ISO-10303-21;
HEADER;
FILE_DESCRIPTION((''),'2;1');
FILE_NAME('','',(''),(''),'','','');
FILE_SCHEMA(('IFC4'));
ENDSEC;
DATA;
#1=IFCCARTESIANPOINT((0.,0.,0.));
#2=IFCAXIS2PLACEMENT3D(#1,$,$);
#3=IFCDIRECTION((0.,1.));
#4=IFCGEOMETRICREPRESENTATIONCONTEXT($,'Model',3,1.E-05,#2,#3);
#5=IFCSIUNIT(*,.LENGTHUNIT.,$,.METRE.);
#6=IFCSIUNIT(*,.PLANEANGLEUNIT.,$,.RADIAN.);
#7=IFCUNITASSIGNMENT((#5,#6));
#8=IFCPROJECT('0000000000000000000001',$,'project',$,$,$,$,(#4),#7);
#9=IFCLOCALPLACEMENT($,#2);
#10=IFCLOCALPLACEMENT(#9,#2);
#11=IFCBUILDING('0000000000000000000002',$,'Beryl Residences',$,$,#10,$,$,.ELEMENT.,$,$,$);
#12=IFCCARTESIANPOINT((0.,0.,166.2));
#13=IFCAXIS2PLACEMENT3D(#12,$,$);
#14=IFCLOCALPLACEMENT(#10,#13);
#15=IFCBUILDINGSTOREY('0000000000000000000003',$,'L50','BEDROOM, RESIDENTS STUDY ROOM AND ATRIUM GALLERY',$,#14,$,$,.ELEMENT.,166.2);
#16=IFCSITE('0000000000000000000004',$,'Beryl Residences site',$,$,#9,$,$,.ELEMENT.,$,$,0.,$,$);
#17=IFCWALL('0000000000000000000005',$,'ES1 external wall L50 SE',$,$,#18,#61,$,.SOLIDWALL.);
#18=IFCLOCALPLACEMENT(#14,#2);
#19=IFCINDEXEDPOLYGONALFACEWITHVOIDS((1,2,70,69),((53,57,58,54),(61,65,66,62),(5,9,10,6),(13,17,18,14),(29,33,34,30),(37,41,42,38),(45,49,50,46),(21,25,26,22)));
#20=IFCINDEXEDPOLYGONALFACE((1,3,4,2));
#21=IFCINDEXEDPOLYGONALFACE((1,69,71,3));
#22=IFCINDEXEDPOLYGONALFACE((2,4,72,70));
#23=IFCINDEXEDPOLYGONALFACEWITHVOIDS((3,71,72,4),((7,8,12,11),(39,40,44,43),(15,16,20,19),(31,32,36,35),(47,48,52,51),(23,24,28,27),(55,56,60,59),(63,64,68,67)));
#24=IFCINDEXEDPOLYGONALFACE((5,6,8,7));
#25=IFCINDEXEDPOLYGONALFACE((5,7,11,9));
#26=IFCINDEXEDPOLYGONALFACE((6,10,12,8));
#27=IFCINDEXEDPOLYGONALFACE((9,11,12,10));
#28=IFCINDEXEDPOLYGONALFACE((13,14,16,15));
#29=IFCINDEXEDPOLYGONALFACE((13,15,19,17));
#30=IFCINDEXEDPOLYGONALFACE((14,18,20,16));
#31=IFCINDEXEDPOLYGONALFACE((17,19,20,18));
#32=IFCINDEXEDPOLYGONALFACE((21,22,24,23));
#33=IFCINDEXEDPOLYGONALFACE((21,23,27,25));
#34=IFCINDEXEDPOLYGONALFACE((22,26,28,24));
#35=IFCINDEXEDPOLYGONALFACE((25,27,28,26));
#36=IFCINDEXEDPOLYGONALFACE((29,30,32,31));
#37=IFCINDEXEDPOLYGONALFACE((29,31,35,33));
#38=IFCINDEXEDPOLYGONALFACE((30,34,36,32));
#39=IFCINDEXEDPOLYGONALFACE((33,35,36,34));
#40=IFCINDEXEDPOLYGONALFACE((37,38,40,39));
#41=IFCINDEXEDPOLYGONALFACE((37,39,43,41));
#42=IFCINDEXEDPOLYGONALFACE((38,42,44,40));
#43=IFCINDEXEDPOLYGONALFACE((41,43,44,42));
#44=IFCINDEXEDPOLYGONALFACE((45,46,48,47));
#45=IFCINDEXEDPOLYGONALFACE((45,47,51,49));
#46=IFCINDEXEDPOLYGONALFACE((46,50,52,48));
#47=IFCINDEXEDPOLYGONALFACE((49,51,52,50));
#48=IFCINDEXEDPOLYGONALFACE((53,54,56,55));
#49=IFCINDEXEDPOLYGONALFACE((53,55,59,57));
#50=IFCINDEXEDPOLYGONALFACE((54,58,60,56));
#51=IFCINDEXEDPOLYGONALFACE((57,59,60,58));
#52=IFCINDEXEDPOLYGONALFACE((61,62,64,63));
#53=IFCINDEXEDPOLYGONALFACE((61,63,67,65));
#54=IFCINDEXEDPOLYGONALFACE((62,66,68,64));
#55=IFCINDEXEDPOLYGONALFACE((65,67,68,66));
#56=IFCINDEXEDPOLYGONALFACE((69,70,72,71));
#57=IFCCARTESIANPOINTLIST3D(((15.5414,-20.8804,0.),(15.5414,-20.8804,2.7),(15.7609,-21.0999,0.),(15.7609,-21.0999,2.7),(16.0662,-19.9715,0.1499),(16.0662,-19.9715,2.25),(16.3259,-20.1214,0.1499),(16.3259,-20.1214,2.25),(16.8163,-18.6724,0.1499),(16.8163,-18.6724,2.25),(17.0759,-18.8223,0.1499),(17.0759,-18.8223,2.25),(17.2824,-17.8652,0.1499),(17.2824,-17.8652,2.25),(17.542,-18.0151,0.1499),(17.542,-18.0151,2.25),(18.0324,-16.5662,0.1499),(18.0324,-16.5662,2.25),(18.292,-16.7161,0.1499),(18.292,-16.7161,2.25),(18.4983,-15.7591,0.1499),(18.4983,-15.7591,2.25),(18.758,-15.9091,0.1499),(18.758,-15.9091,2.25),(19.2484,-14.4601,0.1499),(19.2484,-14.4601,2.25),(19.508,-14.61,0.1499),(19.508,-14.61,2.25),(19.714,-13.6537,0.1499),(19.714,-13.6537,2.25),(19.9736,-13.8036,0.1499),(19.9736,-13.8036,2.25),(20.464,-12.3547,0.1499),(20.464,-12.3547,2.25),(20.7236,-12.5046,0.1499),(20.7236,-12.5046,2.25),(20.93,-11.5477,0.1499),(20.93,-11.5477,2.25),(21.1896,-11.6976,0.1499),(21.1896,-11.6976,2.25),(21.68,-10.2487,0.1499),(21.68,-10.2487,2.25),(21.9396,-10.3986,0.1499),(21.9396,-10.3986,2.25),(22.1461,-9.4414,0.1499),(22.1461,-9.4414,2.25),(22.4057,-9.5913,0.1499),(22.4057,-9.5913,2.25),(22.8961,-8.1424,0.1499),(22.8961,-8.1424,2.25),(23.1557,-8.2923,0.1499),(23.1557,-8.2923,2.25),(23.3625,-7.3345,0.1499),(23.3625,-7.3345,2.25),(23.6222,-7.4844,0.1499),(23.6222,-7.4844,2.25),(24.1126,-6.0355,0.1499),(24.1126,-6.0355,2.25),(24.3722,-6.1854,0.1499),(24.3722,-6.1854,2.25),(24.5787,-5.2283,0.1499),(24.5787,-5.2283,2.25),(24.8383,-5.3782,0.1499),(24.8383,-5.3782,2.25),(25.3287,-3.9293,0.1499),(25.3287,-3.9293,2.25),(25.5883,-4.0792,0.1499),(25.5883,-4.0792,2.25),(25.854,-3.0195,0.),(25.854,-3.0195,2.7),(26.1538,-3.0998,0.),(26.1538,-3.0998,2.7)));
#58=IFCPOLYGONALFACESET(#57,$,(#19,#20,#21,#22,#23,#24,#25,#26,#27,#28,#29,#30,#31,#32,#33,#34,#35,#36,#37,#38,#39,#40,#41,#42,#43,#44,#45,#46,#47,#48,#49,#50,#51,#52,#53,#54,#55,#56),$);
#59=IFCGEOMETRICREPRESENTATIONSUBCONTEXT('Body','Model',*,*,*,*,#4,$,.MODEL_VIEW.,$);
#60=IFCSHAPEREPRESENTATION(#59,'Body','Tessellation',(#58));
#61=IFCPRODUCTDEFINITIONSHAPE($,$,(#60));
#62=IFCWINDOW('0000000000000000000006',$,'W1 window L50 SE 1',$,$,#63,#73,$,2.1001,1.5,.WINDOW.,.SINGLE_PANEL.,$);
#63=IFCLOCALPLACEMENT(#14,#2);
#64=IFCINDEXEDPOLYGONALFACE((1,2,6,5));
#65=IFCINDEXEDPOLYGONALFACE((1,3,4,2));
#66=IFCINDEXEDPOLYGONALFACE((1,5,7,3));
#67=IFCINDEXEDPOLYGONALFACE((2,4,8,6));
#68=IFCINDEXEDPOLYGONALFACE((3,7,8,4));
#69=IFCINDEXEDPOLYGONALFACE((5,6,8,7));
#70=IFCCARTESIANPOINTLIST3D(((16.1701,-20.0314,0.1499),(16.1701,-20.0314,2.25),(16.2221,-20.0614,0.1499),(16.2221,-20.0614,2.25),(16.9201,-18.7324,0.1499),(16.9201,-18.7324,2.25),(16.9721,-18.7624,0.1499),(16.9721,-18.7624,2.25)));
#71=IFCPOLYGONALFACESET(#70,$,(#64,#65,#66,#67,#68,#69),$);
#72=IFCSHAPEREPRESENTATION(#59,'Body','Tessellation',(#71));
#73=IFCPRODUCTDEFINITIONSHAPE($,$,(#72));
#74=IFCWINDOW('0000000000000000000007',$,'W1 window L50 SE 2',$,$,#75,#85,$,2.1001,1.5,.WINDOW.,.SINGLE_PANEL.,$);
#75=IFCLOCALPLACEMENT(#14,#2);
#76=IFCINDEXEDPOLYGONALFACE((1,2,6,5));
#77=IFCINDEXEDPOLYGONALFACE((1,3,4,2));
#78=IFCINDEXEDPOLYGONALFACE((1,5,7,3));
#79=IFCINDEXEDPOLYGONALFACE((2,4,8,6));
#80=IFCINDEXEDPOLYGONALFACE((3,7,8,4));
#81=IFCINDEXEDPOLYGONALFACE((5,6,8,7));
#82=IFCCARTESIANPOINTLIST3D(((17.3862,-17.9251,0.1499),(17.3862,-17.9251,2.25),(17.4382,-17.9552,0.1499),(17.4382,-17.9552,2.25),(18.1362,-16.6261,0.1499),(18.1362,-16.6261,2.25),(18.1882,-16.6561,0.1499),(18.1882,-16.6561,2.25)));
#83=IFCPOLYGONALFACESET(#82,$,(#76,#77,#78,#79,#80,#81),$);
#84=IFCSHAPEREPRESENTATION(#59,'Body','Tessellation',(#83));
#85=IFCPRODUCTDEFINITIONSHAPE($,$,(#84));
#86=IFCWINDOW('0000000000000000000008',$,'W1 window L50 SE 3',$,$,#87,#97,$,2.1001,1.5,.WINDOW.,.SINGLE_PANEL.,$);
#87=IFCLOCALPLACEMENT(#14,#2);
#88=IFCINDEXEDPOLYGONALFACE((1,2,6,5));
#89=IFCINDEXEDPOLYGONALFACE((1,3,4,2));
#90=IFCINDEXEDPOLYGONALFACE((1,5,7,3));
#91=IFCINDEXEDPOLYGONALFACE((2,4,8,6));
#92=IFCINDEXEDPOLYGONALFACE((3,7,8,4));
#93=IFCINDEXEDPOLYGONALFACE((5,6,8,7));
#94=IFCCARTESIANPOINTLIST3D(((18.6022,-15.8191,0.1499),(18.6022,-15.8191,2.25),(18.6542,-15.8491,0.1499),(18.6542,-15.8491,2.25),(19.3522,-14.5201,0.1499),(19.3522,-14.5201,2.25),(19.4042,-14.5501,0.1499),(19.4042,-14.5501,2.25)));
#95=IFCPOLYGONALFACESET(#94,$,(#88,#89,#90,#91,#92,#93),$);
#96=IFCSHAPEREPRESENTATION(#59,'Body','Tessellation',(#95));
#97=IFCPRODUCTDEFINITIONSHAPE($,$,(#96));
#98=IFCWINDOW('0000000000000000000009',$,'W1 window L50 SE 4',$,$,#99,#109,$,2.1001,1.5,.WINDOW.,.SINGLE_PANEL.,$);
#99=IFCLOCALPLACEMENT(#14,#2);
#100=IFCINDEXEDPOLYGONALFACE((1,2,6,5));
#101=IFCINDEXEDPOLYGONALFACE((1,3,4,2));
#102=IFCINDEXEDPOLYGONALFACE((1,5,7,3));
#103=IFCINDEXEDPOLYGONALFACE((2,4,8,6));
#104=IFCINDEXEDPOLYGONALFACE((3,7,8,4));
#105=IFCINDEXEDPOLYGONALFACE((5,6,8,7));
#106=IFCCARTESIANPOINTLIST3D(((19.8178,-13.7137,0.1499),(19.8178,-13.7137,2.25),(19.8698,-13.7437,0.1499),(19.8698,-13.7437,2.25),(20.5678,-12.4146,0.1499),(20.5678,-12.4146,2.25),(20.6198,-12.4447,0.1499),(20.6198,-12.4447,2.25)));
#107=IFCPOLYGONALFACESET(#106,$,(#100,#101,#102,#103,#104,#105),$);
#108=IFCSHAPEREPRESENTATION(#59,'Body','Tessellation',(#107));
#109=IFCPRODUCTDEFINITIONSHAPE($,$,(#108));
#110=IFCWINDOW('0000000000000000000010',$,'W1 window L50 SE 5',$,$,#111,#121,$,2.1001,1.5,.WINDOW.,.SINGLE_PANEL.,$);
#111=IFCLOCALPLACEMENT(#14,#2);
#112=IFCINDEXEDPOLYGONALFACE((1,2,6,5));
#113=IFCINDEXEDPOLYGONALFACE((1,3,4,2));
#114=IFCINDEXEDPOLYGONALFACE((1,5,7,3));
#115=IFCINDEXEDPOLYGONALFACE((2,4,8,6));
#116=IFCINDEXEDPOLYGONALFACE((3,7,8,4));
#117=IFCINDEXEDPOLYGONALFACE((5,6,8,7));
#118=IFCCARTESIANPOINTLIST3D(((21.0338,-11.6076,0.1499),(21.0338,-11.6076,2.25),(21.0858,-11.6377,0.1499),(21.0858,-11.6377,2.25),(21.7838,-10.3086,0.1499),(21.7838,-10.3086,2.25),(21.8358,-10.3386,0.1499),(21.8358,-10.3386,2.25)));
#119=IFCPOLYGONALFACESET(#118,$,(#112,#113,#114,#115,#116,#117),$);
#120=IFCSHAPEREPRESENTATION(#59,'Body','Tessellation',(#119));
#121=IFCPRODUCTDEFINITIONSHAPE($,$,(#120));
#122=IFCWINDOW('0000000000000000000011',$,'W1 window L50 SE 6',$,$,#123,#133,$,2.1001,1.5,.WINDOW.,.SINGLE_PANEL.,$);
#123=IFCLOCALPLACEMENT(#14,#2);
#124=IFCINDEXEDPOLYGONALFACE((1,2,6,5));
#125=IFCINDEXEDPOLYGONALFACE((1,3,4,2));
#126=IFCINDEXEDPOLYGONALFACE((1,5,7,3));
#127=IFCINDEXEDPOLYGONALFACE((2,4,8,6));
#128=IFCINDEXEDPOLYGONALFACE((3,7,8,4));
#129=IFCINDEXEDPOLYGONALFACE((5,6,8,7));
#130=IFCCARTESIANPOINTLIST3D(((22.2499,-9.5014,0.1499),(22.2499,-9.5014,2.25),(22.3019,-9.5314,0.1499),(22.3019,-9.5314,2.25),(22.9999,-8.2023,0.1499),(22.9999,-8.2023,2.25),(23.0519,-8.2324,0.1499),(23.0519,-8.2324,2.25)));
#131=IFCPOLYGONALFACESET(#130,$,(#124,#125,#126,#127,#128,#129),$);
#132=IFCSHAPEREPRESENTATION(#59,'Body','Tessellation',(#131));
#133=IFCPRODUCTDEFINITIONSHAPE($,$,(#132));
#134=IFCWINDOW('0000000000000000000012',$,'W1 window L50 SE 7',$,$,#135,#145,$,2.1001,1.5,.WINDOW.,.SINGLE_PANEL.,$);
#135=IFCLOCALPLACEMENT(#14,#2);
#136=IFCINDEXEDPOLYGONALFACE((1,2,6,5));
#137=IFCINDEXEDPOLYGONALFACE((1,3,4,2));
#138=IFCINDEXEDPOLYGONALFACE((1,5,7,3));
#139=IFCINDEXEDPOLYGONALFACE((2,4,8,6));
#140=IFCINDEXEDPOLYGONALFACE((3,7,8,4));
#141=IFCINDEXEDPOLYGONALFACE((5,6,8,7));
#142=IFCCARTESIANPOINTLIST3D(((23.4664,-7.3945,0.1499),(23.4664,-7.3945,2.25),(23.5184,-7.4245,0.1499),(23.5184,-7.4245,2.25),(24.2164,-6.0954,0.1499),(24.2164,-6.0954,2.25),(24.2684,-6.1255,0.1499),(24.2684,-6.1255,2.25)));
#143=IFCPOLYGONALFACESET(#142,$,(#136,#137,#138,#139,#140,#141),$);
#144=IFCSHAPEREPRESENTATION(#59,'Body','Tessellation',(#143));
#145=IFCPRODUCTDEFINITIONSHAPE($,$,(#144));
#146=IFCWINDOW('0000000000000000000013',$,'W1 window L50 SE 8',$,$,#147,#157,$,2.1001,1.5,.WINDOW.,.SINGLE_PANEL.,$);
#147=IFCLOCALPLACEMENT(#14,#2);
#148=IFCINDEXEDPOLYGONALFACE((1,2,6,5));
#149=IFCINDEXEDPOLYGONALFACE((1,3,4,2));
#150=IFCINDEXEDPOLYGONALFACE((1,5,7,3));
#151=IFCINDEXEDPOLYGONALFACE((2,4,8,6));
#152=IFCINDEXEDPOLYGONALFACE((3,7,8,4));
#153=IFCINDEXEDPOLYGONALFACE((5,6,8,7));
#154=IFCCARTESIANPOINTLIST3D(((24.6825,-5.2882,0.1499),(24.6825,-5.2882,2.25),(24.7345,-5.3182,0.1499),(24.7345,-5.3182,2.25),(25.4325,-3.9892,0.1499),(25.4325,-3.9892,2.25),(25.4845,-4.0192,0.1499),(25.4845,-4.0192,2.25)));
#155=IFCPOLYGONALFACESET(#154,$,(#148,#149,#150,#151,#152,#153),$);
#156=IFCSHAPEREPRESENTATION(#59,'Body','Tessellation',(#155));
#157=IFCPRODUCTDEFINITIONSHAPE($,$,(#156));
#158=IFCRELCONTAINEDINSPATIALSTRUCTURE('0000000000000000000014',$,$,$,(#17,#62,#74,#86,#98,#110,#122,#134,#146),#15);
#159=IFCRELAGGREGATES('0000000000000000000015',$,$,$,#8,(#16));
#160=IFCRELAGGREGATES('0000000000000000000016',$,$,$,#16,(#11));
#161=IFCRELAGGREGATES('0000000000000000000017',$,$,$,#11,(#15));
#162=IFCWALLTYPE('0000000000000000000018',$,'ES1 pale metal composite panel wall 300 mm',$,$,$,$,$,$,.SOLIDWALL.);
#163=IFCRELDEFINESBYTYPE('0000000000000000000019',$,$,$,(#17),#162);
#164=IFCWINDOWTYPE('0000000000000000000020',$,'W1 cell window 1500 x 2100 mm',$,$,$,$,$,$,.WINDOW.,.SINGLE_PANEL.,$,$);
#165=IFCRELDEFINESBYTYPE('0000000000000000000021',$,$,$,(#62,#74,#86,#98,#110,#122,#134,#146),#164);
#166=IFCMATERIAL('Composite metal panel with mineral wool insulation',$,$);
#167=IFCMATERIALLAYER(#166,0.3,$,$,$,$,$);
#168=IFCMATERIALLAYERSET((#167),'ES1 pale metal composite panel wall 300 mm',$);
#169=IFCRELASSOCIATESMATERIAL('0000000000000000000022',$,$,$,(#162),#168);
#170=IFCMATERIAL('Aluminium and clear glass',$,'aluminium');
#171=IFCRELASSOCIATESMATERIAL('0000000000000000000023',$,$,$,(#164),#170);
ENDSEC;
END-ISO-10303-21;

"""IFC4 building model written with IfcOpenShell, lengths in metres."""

from ifc_helpers import new_model, si_unit, direction, frame, frame_2d, origin, place, context, subcontext, project, spatial, polyline, rectangle, outline, extrude, material, layer, layer_set, type_object, element, fill, save


model = new_model("IFC4")

# Units and contexts
model_context = context("Model", 3, precision=1e-05, world=origin(), true_north=direction((0.0, 1.0)))
body_context = subcontext(model_context, "Body", "Model", "MODEL_VIEW")
ifc_project = project(units=[si_unit("LENGTHUNIT", "METRE"), si_unit("PLANEANGLEUNIT", "RADIAN")], contexts=[model_context])

# Site, building, storey
site_placement = place(None, origin())
site = spatial("IfcSite", under=ifc_project, at=site_placement, Name="Beryl Residences site", CompositionType="ELEMENT", RefElevation=0.0)
building_placement = place(site_placement, origin())
building = spatial("IfcBuilding", under=site, at=building_placement, Name="Beryl Residences", CompositionType="ELEMENT")
storey_placement = place(building_placement, frame((0.0, 0.0, 166.2)))
storey = spatial("IfcBuildingStorey", under=building, at=storey_placement, Name="L50", Description="BEDROOM, RESIDENTS STUDY ROOM AND ATRIUM GALLERY", CompositionType="ELEMENT", Elevation=166.2)

# Wall, openings, windows
ifc_material_1 = material(Name="Composite metal panel with mineral wool insulation")
ifc_layer_1 = layer(ifc_material_1, 0.3)
ifc_layer_set_1 = layer_set([ifc_layer_1], Name="ES1 pale metal composite panel wall 300 mm")
wall_type_1 = type_object("IfcWallType", Name="ES1 pale metal composite panel wall 300 mm", PredefinedType="SOLIDWALL", material=ifc_layer_set_1)
wall_1_placement = place(storey_placement, frame((15.6311, -21.0249, 0.0), z_axis=(0.0, 0.0, 1.0), x_axis=(0.500019, 0.866015, 0.0)))
wall_1 = element("IfcWall", 1, at=wall_1_placement, inside=storey, type_object=wall_type_1, Name="ES1 external wall L50 SE", PredefinedType="SOLIDWALL", context=body_context, shape_type="SweptSolid", body=[
    extrude(outline(polyline([(0.0, -0.1499), (20.7849, -0.1499), (20.7046, 0.1499), (0.0803, 0.1499), (0.0, -0.1499)])), origin(), (0.0, 0.0, 1.0), 2.7),
])
opening_1_placement = place(wall_1_placement, frame((1.1299, 0.0, 0.1499)))
opening_1 = element("IfcOpeningElement", 2, at=opening_1_placement, cuts=wall_1, PredefinedType="OPENING", context=body_context, shape_type="SweptSolid", body=[
    extrude(rectangle(XDim=1.5, YDim=2.1001, at=frame_2d((0.75, 1.05))), frame((0.0, 0.1599, 0.0), z_axis=(0.0, -1.0, 0.0), x_axis=(1.0, 0.0, 0.0)), (0.0, 0.0, 1.0), 0.3201),
])
opening_2_placement = place(wall_1_placement, frame((3.562, 0.0, 0.1499)))
opening_2 = element("IfcOpeningElement", 3, at=opening_2_placement, cuts=wall_1, PredefinedType="OPENING", context=body_context, shape_type="SweptSolid", body=[
    extrude(rectangle(XDim=1.5, YDim=2.1001, at=frame_2d((0.75, 1.05))), frame((0.0, 0.1599, 0.0), z_axis=(0.0, -1.0, 0.0), x_axis=(1.0, 0.0, 0.0)), (0.0, 0.0, 1.0), 0.3201),
])
opening_3_placement = place(wall_1_placement, frame((5.9939, 0.0, 0.1499)))
opening_3 = element("IfcOpeningElement", 4, at=opening_3_placement, cuts=wall_1, PredefinedType="OPENING", context=body_context, shape_type="SweptSolid", body=[
    extrude(rectangle(XDim=1.5, YDim=2.1001, at=frame_2d((0.75, 1.05))), frame((0.0, 0.1599, 0.0), z_axis=(0.0, -1.0, 0.0), x_axis=(1.0, 0.0, 0.0)), (0.0, 0.0, 1.0), 0.3201),
])
opening_4_placement = place(wall_1_placement, frame((8.425, 0.0, 0.1499)))
opening_4 = element("IfcOpeningElement", 5, at=opening_4_placement, cuts=wall_1, PredefinedType="OPENING", context=body_context, shape_type="SweptSolid", body=[
    extrude(rectangle(XDim=1.5, YDim=2.1001, at=frame_2d((0.75, 1.05))), frame((0.0, 0.1599, 0.0), z_axis=(0.0, -1.0, 0.0), x_axis=(1.0, 0.0, 0.0)), (0.0, 0.0, 1.0), 0.3201),
])
opening_5_placement = place(wall_1_placement, frame((10.8569, 0.0, 0.1499)))
opening_5 = element("IfcOpeningElement", 6, at=opening_5_placement, cuts=wall_1, PredefinedType="OPENING", context=body_context, shape_type="SweptSolid", body=[
    extrude(rectangle(XDim=1.5, YDim=2.1001, at=frame_2d((0.75, 1.05))), frame((0.0, 0.1599, 0.0), z_axis=(0.0, -1.0, 0.0), x_axis=(1.0, 0.0, 0.0)), (0.0, 0.0, 1.0), 0.3201),
])
opening_6_placement = place(wall_1_placement, frame((13.2891, 0.0, 0.1499)))
opening_6 = element("IfcOpeningElement", 7, at=opening_6_placement, cuts=wall_1, PredefinedType="OPENING", context=body_context, shape_type="SweptSolid", body=[
    extrude(rectangle(XDim=1.5, YDim=2.1001, at=frame_2d((0.75, 1.05))), frame((0.0, 0.1599, 0.0), z_axis=(0.0, -1.0, 0.0), x_axis=(1.0, 0.0, 0.0)), (0.0, 0.0, 1.0), 0.3201),
])
opening_7_placement = place(wall_1_placement, frame((15.7219, 0.0, 0.1499)))
opening_7 = element("IfcOpeningElement", 8, at=opening_7_placement, cuts=wall_1, PredefinedType="OPENING", context=body_context, shape_type="SweptSolid", body=[
    extrude(rectangle(XDim=1.5, YDim=2.1001, at=frame_2d((0.75, 1.05))), frame((0.0, 0.1599, 0.0), z_axis=(0.0, -1.0, 0.0), x_axis=(1.0, 0.0, 0.0)), (0.0, 0.0, 1.0), 0.3201),
])
opening_8_placement = place(wall_1_placement, frame((18.1541, 0.0, 0.1499)))
opening_8 = element("IfcOpeningElement", 9, at=opening_8_placement, cuts=wall_1, PredefinedType="OPENING", context=body_context, shape_type="SweptSolid", body=[
    extrude(rectangle(XDim=1.5, YDim=2.1001, at=frame_2d((0.75, 1.05))), frame((0.0, 0.1599, 0.0), z_axis=(0.0, -1.0, 0.0), x_axis=(1.0, 0.0, 0.0)), (0.0, 0.0, 1.0), 0.3201),
])
ifc_material_2 = material(Name="Aluminium and clear glass", Category="aluminium")
window_type = type_object("IfcWindowType", Name="W1 cell window 1500 x 2100 mm", PartitioningType="SINGLE_PANEL", PredefinedType="WINDOW", material=ifc_material_2)
window_1_placement = place(opening_1_placement, origin())
window_1 = element("IfcWindow", 10, at=window_1_placement, inside=storey, type_object=window_type, Name="W1 window L50 SE 1", OverallHeight=2.1001, OverallWidth=1.5, PartitioningType="SINGLE_PANEL", PredefinedType="WINDOW", context=body_context, shape_type="SweptSolid", body=[
    extrude(rectangle(XDim=1.5, YDim=2.1001, at=frame_2d((0.75, 1.05))), frame((0.0, 0.03, 0.0), z_axis=(0.0, -1.0, 0.0), x_axis=(1.0, 0.0, 0.0)), (0.0, 0.0, 1.0), 0.0601),
])
fill(opening_1, window_1)
window_2_placement = place(opening_2_placement, origin())
window_2 = element("IfcWindow", 11, at=window_2_placement, inside=storey, type_object=window_type, Name="W1 window L50 SE 2", OverallHeight=2.1001, OverallWidth=1.5, PartitioningType="SINGLE_PANEL", PredefinedType="WINDOW", context=body_context, shape_type="SweptSolid", body=[
    extrude(rectangle(XDim=1.5, YDim=2.1001, at=frame_2d((0.75, 1.05))), frame((0.0, 0.03, 0.0), z_axis=(0.0, -1.0, 0.0), x_axis=(1.0, 0.0, 0.0)), (0.0, 0.0, 1.0), 0.0601),
])
fill(opening_2, window_2)
window_3_placement = place(opening_3_placement, origin())
window_3 = element("IfcWindow", 12, at=window_3_placement, inside=storey, type_object=window_type, Name="W1 window L50 SE 3", OverallHeight=2.1001, OverallWidth=1.5, PartitioningType="SINGLE_PANEL", PredefinedType="WINDOW", context=body_context, shape_type="SweptSolid", body=[
    extrude(rectangle(XDim=1.5, YDim=2.1001, at=frame_2d((0.75, 1.05))), frame((0.0, 0.03, 0.0), z_axis=(0.0, -1.0, 0.0), x_axis=(1.0, 0.0, 0.0)), (0.0, 0.0, 1.0), 0.0601),
])
fill(opening_3, window_3)
window_4_placement = place(opening_4_placement, origin())
window_4 = element("IfcWindow", 13, at=window_4_placement, inside=storey, type_object=window_type, Name="W1 window L50 SE 4", OverallHeight=2.1001, OverallWidth=1.5, PartitioningType="SINGLE_PANEL", PredefinedType="WINDOW", context=body_context, shape_type="SweptSolid", body=[
    extrude(rectangle(XDim=1.5, YDim=2.1001, at=frame_2d((0.75, 1.05))), frame((0.0, 0.03, 0.0), z_axis=(0.0, -1.0, 0.0), x_axis=(1.0, 0.0, 0.0)), (0.0, 0.0, 1.0), 0.0601),
])
fill(opening_4, window_4)
window_5_placement = place(opening_5_placement, origin())
window_5 = element("IfcWindow", 14, at=window_5_placement, inside=storey, type_object=window_type, Name="W1 window L50 SE 5", OverallHeight=2.1001, OverallWidth=1.5, PartitioningType="SINGLE_PANEL", PredefinedType="WINDOW", context=body_context, shape_type="SweptSolid", body=[
    extrude(rectangle(XDim=1.5, YDim=2.1001, at=frame_2d((0.75, 1.05))), frame((0.0, 0.03, 0.0), z_axis=(0.0, -1.0, 0.0), x_axis=(1.0, 0.0, 0.0)), (0.0, 0.0, 1.0), 0.0601),
])
fill(opening_5, window_5)
window_6_placement = place(opening_6_placement, origin())
window_6 = element("IfcWindow", 15, at=window_6_placement, inside=storey, type_object=window_type, Name="W1 window L50 SE 6", OverallHeight=2.1001, OverallWidth=1.5, PartitioningType="SINGLE_PANEL", PredefinedType="WINDOW", context=body_context, shape_type="SweptSolid", body=[
    extrude(rectangle(XDim=1.5, YDim=2.1001, at=frame_2d((0.75, 1.05))), frame((0.0, 0.03, 0.0), z_axis=(0.0, -1.0, 0.0), x_axis=(1.0, 0.0, 0.0)), (0.0, 0.0, 1.0), 0.0601),
])
fill(opening_6, window_6)
window_7_placement = place(opening_7_placement, origin())
window_7 = element("IfcWindow", 16, at=window_7_placement, inside=storey, type_object=window_type, Name="W1 window L50 SE 7", OverallHeight=2.1001, OverallWidth=1.5, PartitioningType="SINGLE_PANEL", PredefinedType="WINDOW", context=body_context, shape_type="SweptSolid", body=[
    extrude(rectangle(XDim=1.5, YDim=2.1001, at=frame_2d((0.75, 1.05))), frame((0.0, 0.03, 0.0), z_axis=(0.0, -1.0, 0.0), x_axis=(1.0, 0.0, 0.0)), (0.0, 0.0, 1.0), 0.0601),
])
fill(opening_7, window_7)
window_8_placement = place(opening_8_placement, origin())
window_8 = element("IfcWindow", 17, at=window_8_placement, inside=storey, type_object=window_type, Name="W1 window L50 SE 8", OverallHeight=2.1001, OverallWidth=1.5, PartitioningType="SINGLE_PANEL", PredefinedType="WINDOW", context=body_context, shape_type="SweptSolid", body=[
    extrude(rectangle(XDim=1.5, YDim=2.1001, at=frame_2d((0.75, 1.05))), frame((0.0, 0.03, 0.0), z_axis=(0.0, -1.0, 0.0), x_axis=(1.0, 0.0, 0.0)), (0.0, 0.0, 1.0), 0.0601),
])
fill(opening_8, window_8)

save(model, "model.ifc")
